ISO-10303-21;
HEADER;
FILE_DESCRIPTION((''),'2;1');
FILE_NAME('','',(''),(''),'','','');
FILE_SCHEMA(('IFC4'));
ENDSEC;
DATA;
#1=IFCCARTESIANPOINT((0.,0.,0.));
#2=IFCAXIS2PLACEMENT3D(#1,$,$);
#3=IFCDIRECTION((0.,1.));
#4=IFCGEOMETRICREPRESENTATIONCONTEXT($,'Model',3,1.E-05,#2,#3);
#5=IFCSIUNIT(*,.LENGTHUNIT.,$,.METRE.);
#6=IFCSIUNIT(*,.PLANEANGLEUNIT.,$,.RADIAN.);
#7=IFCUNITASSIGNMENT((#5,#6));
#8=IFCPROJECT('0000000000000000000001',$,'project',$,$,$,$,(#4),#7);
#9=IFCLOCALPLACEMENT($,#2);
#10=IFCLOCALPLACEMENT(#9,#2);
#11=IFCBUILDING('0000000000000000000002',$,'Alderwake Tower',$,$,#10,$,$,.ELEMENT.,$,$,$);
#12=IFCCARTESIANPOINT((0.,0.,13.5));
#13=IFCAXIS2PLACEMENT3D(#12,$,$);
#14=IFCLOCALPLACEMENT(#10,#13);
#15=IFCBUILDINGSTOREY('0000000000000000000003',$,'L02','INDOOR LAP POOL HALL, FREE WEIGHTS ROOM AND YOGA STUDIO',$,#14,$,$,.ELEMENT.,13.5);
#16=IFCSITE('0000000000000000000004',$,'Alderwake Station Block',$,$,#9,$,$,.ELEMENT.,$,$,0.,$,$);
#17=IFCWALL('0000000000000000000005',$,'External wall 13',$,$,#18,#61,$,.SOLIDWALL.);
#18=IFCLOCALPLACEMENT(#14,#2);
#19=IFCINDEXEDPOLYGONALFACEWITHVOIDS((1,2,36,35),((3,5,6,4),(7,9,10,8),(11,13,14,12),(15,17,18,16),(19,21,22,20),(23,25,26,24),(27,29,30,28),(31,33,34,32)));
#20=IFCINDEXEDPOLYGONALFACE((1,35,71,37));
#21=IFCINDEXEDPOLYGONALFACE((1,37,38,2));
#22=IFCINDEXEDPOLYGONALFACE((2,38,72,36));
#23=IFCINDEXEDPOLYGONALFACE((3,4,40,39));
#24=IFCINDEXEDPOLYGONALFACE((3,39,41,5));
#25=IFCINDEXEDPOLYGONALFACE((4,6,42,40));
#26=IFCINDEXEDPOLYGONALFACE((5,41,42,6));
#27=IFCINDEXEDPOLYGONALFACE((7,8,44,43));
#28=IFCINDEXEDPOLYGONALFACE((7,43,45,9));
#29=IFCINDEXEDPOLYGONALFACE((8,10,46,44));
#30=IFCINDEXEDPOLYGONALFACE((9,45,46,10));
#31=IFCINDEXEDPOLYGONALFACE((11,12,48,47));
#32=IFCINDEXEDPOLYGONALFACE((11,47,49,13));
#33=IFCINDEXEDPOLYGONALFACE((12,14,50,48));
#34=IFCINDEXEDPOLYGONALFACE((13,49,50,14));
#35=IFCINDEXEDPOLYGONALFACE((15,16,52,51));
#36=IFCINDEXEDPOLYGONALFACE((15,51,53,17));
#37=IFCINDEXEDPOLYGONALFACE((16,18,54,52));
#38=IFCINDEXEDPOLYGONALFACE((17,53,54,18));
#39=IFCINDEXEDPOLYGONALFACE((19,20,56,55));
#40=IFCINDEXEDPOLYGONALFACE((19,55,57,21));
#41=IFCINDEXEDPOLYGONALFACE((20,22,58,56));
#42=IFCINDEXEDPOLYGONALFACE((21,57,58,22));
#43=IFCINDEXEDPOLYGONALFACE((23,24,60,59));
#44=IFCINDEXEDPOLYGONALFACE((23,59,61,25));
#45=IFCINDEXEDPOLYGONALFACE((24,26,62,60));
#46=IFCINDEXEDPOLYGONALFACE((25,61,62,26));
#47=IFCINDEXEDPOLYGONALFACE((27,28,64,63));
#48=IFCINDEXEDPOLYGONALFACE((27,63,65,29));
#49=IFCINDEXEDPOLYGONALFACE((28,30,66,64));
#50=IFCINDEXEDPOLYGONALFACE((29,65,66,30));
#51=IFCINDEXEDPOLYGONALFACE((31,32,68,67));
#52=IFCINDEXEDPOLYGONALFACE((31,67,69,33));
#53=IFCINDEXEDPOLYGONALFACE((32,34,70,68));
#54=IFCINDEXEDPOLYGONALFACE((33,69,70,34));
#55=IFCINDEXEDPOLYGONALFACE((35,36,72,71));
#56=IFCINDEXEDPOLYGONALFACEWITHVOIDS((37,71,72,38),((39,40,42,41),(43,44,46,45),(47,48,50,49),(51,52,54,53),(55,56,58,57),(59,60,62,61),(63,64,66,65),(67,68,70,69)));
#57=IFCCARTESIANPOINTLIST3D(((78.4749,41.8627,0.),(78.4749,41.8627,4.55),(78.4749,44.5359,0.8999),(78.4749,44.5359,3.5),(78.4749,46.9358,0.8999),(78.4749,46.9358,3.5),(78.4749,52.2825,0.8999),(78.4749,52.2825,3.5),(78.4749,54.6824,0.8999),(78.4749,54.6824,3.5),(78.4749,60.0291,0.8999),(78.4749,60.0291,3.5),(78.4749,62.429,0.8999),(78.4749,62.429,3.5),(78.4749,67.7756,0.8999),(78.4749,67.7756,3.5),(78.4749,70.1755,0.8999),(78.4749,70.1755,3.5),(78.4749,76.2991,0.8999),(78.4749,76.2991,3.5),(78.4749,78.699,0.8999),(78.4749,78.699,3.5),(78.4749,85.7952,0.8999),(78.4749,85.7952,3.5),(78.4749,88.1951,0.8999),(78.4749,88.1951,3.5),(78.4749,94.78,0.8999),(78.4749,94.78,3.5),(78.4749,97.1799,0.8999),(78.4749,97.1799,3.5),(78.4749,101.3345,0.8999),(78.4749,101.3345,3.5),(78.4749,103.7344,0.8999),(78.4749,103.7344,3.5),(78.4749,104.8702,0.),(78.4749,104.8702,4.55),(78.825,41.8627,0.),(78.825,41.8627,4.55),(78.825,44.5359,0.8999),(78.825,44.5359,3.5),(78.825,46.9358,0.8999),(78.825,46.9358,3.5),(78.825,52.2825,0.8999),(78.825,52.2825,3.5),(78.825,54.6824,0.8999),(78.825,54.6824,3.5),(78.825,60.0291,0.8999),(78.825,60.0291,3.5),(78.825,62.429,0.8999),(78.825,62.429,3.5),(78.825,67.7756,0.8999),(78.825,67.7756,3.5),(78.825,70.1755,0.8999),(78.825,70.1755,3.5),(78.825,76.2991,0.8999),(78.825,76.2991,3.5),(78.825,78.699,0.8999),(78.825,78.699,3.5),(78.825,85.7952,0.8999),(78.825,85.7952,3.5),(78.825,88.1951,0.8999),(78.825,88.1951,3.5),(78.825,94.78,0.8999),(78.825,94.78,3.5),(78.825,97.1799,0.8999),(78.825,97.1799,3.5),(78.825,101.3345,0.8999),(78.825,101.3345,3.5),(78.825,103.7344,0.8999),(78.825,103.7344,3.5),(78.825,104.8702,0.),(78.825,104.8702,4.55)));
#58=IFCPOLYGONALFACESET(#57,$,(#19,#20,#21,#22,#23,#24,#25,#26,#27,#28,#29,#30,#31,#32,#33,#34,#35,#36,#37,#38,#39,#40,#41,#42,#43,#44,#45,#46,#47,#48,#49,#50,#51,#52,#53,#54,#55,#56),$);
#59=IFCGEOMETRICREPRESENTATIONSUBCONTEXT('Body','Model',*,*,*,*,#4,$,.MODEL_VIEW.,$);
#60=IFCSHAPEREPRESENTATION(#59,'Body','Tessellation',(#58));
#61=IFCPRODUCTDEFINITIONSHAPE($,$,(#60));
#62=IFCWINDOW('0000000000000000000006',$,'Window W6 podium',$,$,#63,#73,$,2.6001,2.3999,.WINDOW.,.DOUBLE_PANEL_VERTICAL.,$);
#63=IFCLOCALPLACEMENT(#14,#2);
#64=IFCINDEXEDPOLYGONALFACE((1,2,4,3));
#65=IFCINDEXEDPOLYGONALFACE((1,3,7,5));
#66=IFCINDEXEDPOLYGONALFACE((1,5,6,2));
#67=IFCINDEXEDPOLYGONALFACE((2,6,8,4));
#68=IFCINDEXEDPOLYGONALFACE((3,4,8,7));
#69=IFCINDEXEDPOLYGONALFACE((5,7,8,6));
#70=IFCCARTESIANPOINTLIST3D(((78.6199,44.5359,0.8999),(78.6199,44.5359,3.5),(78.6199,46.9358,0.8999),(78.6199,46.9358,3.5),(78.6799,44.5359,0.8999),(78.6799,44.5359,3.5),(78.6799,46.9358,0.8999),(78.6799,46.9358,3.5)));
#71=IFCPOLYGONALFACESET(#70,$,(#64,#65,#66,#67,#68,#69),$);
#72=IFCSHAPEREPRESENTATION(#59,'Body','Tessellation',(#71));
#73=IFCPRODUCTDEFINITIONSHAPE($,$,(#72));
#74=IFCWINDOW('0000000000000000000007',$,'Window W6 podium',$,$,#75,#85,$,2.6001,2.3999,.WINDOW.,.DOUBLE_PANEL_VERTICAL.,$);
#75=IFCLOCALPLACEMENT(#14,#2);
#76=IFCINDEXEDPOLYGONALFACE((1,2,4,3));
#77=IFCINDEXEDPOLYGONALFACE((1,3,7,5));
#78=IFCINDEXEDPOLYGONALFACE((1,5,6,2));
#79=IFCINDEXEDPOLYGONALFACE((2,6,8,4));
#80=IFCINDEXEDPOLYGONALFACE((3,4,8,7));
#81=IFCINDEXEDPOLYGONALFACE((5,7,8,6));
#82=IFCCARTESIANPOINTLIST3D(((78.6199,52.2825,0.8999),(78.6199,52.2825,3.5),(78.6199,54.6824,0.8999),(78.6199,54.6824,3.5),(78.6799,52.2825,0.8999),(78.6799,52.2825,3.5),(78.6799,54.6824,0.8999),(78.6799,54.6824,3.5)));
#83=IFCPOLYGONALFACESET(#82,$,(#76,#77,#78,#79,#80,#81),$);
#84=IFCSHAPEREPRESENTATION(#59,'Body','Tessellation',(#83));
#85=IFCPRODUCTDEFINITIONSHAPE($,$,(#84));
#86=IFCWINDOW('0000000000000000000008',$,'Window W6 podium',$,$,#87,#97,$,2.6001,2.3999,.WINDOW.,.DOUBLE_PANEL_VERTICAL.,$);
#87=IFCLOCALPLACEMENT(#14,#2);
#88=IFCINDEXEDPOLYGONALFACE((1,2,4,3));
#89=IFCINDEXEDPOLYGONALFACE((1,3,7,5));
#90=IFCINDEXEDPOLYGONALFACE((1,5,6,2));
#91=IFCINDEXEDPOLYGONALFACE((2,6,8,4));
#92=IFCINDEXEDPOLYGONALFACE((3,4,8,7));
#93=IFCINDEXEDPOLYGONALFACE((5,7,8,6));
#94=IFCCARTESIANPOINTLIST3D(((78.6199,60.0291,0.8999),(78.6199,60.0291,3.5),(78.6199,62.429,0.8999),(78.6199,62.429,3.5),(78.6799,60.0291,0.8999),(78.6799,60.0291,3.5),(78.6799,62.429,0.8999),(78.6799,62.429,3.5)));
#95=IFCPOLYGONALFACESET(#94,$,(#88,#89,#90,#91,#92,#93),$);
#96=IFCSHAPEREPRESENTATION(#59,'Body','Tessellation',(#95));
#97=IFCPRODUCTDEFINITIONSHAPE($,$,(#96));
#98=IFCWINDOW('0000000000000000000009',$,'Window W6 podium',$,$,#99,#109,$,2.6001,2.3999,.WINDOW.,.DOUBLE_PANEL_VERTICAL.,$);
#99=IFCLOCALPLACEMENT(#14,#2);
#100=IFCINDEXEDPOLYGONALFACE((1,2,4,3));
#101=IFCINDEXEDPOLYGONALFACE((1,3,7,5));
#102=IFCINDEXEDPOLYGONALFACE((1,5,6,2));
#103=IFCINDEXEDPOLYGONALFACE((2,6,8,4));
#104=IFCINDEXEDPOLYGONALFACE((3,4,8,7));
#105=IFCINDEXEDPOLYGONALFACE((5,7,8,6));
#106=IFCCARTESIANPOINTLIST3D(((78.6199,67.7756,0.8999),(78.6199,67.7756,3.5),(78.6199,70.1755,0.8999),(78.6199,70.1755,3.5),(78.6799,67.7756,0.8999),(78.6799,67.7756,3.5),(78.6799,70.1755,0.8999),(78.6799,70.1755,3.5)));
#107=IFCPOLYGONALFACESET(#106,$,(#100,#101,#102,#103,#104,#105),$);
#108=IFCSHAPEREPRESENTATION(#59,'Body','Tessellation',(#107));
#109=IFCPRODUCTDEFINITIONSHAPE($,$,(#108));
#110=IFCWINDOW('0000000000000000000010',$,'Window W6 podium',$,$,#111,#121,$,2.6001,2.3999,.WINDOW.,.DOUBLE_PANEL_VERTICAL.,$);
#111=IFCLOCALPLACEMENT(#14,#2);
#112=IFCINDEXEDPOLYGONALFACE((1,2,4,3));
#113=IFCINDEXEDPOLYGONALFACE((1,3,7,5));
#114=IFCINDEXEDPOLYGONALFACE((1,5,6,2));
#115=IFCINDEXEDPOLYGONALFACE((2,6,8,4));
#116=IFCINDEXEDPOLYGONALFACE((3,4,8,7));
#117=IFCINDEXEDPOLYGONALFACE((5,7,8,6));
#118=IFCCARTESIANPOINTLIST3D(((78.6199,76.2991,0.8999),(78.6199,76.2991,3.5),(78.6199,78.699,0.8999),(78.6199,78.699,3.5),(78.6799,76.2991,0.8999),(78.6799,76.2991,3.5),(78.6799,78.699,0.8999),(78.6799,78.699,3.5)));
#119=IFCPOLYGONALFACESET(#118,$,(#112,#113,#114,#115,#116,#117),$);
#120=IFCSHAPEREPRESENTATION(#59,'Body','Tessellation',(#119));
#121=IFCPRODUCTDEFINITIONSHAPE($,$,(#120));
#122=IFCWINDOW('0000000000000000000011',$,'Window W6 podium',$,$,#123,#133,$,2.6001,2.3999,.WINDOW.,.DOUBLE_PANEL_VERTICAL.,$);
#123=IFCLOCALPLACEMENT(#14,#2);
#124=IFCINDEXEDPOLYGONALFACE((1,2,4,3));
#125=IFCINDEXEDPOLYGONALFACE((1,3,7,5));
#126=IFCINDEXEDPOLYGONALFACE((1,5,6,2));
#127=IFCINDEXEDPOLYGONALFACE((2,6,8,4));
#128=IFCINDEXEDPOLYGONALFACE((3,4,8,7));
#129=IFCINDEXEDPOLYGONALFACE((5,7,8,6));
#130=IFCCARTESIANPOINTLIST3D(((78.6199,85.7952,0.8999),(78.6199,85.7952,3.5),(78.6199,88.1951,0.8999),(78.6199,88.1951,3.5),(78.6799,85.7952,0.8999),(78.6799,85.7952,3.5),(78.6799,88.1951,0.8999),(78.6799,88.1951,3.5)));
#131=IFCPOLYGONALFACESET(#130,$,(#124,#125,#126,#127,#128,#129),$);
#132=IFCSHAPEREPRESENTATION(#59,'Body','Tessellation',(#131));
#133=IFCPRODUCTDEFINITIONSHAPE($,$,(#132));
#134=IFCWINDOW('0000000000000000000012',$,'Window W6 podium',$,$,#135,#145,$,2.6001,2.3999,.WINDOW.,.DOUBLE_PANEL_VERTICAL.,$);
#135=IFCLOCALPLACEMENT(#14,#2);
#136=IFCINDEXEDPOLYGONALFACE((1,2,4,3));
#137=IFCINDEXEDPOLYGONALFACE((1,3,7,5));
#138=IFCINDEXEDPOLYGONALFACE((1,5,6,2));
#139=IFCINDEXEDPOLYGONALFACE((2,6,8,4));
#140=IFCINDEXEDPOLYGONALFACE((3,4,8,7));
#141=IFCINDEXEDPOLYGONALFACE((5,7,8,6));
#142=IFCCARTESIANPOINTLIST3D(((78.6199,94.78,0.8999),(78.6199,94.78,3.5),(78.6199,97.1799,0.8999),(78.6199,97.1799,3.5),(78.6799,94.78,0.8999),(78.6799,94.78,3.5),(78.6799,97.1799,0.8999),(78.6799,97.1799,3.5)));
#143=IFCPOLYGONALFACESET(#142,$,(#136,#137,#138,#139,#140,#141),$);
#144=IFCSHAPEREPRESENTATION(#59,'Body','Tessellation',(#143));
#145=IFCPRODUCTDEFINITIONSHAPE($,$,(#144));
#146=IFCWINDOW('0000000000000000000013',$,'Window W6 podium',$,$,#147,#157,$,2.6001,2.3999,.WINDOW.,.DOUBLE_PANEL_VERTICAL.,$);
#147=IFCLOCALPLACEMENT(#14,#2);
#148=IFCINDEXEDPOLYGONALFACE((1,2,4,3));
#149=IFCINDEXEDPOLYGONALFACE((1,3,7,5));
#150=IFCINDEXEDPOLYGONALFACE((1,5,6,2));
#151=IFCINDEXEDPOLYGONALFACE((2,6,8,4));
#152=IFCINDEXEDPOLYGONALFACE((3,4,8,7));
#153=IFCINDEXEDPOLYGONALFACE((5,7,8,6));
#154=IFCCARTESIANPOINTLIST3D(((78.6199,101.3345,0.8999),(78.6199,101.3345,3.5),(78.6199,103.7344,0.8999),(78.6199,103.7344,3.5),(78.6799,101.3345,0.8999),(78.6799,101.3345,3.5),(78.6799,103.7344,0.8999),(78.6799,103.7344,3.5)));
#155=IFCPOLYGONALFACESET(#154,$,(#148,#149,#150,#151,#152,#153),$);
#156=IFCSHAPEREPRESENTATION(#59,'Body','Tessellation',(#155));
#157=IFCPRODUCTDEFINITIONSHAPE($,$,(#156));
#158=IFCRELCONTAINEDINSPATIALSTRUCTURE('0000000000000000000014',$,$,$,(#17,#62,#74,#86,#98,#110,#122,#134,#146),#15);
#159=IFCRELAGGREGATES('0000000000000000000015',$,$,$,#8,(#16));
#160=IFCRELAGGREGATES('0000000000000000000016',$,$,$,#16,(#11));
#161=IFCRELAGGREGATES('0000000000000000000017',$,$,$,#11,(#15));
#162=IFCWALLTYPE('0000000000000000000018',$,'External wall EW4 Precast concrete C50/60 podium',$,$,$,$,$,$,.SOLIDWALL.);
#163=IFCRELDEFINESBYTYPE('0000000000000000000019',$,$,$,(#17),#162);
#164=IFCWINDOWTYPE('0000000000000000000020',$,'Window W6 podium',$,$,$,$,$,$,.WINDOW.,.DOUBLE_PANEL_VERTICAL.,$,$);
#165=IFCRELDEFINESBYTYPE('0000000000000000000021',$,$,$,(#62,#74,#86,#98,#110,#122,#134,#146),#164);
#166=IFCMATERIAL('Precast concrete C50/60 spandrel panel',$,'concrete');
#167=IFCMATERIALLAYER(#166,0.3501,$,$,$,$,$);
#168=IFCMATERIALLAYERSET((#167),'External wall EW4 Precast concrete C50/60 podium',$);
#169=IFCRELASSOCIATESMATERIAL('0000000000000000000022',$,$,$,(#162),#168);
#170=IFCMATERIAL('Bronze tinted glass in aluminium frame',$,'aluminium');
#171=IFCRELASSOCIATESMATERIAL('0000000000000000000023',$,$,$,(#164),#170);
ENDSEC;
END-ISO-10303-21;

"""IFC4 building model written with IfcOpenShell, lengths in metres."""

from ifc_helpers import new_model, si_unit, direction, frame, frame_2d, origin, place, context, subcontext, project, spatial, rectangle, extrude, material, layer, layer_set, type_object, element, fill, save


model = new_model("IFC4")

# Units and contexts
model_context = context("Model", 3, precision=1e-05, world=origin(), true_north=direction((0.0, 1.0)))
body_context = subcontext(model_context, "Body", "Model", "MODEL_VIEW")
ifc_project = project(units=[si_unit("LENGTHUNIT", "METRE"), si_unit("PLANEANGLEUNIT", "RADIAN")], contexts=[model_context])

# Site, building, storey
site_placement = place(None, origin())
site = spatial("IfcSite", under=ifc_project, at=site_placement, Name="Alderwake Station Block", CompositionType="ELEMENT", RefElevation=0.0)
building_placement = place(site_placement, origin())
building = spatial("IfcBuilding", under=site, at=building_placement, Name="Alderwake Tower", CompositionType="ELEMENT")
storey_placement = place(building_placement, frame((0.0, 0.0, 13.5)))
storey = spatial("IfcBuildingStorey", under=building, at=storey_placement, Name="L02", Description="INDOOR LAP POOL HALL, FREE WEIGHTS ROOM AND YOGA STUDIO", CompositionType="ELEMENT", Elevation=13.5)

# Shared definitions
ifc_material_1 = material(Name="Precast concrete C50/60 spandrel panel", Category="concrete")
ifc_layer_1 = layer(ifc_material_1, 0.3501)
ifc_layer_set_1 = layer_set([ifc_layer_1], Name="External wall EW4 Precast concrete C50/60 podium")
wall_type_1 = type_object("IfcWallType", Name="External wall EW4 Precast concrete C50/60 podium", PredefinedType="SOLIDWALL", material=ifc_layer_set_1)

# Wall, openings, windows
wall_1_placement = place(storey_placement, frame((78.6499, 41.8625, 0.0), z_axis=(0.0, 0.0, 1.0), x_axis=(0.0, 1.0, 0.0)))
wall_1 = element("IfcWall", 1, at=wall_1_placement, inside=storey, type_object=wall_type_1, Name="External wall 13", PredefinedType="SOLIDWALL", context=body_context, shape_type="SweptSolid", body=[
    extrude(rectangle(XDim=63.0076, YDim=0.3501, at=frame_2d((31.5039, 0.0))), origin(), (0.0, 0.0, 1.0), 4.55),
])
opening_1_placement = place(wall_1_placement, frame((2.6733, 0.0, 0.8999)))
opening_1 = element("IfcOpeningElement", 2, at=opening_1_placement, cuts=wall_1, PredefinedType="OPENING", context=body_context, shape_type="SweptSolid", body=[
    extrude(rectangle(XDim=2.3999, YDim=2.6001, at=frame_2d((1.2, 1.3))), frame((0.0, 0.1851, 0.0), z_axis=(0.0, -1.0, 0.0), x_axis=(1.0, 0.0, 0.0)), (0.0, 0.0, 1.0), 0.3701),
])
opening_2_placement = place(wall_1_placement, frame((10.4199, 0.0, 0.8999)))
opening_2 = element("IfcOpeningElement", 3, at=opening_2_placement, cuts=wall_1, PredefinedType="OPENING", context=body_context, shape_type="SweptSolid", body=[
    extrude(rectangle(XDim=2.3999, YDim=2.6001, at=frame_2d((1.2, 1.3))), frame((0.0, 0.1851, 0.0), z_axis=(0.0, -1.0, 0.0), x_axis=(1.0, 0.0, 0.0)), (0.0, 0.0, 1.0), 0.3701),
])
opening_3_placement = place(wall_1_placement, frame((18.1665, 0.0, 0.8999)))
opening_3 = element("IfcOpeningElement", 4, at=opening_3_placement, cuts=wall_1, PredefinedType="OPENING", context=body_context, shape_type="SweptSolid", body=[
    extrude(rectangle(XDim=2.3999, YDim=2.6001, at=frame_2d((1.2, 1.3))), frame((0.0, 0.1851, 0.0), z_axis=(0.0, -1.0, 0.0), x_axis=(1.0, 0.0, 0.0)), (0.0, 0.0, 1.0), 0.3701),
])
opening_4_placement = place(wall_1_placement, frame((25.9131, 0.0, 0.8999)))
opening_4 = element("IfcOpeningElement", 5, at=opening_4_placement, cuts=wall_1, PredefinedType="OPENING", context=body_context, shape_type="SweptSolid", body=[
    extrude(rectangle(XDim=2.3999, YDim=2.6001, at=frame_2d((1.2, 1.3))), frame((0.0, 0.1851, 0.0), z_axis=(0.0, -1.0, 0.0), x_axis=(1.0, 0.0, 0.0)), (0.0, 0.0, 1.0), 0.3701),
])
opening_5_placement = place(wall_1_placement, frame((34.4365, 0.0, 0.8999)))
opening_5 = element("IfcOpeningElement", 6, at=opening_5_placement, cuts=wall_1, PredefinedType="OPENING", context=body_context, shape_type="SweptSolid", body=[
    extrude(rectangle(XDim=2.3999, YDim=2.6001, at=frame_2d((1.2, 1.3))), frame((0.0, 0.1851, 0.0), z_axis=(0.0, -1.0, 0.0), x_axis=(1.0, 0.0, 0.0)), (0.0, 0.0, 1.0), 0.3701),
])
opening_6_placement = place(wall_1_placement, frame((43.9326, 0.0, 0.8999)))
opening_6 = element("IfcOpeningElement", 7, at=opening_6_placement, cuts=wall_1, PredefinedType="OPENING", context=body_context, shape_type="SweptSolid", body=[
    extrude(rectangle(XDim=2.3999, YDim=2.6001, at=frame_2d((1.2, 1.3))), frame((0.0, 0.1851, 0.0), z_axis=(0.0, -1.0, 0.0), x_axis=(1.0, 0.0, 0.0)), (0.0, 0.0, 1.0), 0.3701),
])
opening_7_placement = place(wall_1_placement, frame((52.9175, 0.0, 0.8999)))
opening_7 = element("IfcOpeningElement", 8, at=opening_7_placement, cuts=wall_1, PredefinedType="OPENING", context=body_context, shape_type="SweptSolid", body=[
    extrude(rectangle(XDim=2.3999, YDim=2.6001, at=frame_2d((1.2, 1.3))), frame((0.0, 0.1851, 0.0), z_axis=(0.0, -1.0, 0.0), x_axis=(1.0, 0.0, 0.0)), (0.0, 0.0, 1.0), 0.3701),
])
opening_8_placement = place(wall_1_placement, frame((59.4719, 0.0, 0.8999)))
opening_8 = element("IfcOpeningElement", 9, at=opening_8_placement, cuts=wall_1, PredefinedType="OPENING", context=body_context, shape_type="SweptSolid", body=[
    extrude(rectangle(XDim=2.3999, YDim=2.6001, at=frame_2d((1.2, 1.3))), frame((0.0, 0.1851, 0.0), z_axis=(0.0, -1.0, 0.0), x_axis=(1.0, 0.0, 0.0)), (0.0, 0.0, 1.0), 0.3701),
])
ifc_material_2 = material(Name="Bronze tinted glass in aluminium frame", Category="aluminium")
window_type = type_object("IfcWindowType", Name="Window W6 podium", PartitioningType="DOUBLE_PANEL_VERTICAL", PredefinedType="WINDOW", material=ifc_material_2)
window_1_placement = place(opening_1_placement, origin())
window_1 = element("IfcWindow", 10, at=window_1_placement, inside=storey, type_object=window_type, Name="Window W6 podium", OverallHeight=2.6001, OverallWidth=2.3999, PartitioningType="DOUBLE_PANEL_VERTICAL", PredefinedType="WINDOW", context=body_context, shape_type="SweptSolid", body=[
    extrude(rectangle(XDim=2.3999, YDim=2.6001, at=frame_2d((1.2, 1.3))), frame((0.0, 0.03, 0.0), z_axis=(0.0, -1.0, 0.0), x_axis=(1.0, 0.0, 0.0)), (0.0, 0.0, 1.0), 0.0601),
])
fill(opening_1, window_1)
window_2_placement = place(opening_2_placement, origin())
window_2 = element("IfcWindow", 11, at=window_2_placement, inside=storey, type_object=window_type, Name="Window W6 podium", OverallHeight=2.6001, OverallWidth=2.3999, PartitioningType="DOUBLE_PANEL_VERTICAL", PredefinedType="WINDOW", context=body_context, shape_type="SweptSolid", body=[
    extrude(rectangle(XDim=2.3999, YDim=2.6001, at=frame_2d((1.2, 1.3))), frame((0.0, 0.03, 0.0), z_axis=(0.0, -1.0, 0.0), x_axis=(1.0, 0.0, 0.0)), (0.0, 0.0, 1.0), 0.0601),
])
fill(opening_2, window_2)
window_3_placement = place(opening_3_placement, origin())
window_3 = element("IfcWindow", 12, at=window_3_placement, inside=storey, type_object=window_type, Name="Window W6 podium", OverallHeight=2.6001, OverallWidth=2.3999, PartitioningType="DOUBLE_PANEL_VERTICAL", PredefinedType="WINDOW", context=body_context, shape_type="SweptSolid", body=[
    extrude(rectangle(XDim=2.3999, YDim=2.6001, at=frame_2d((1.2, 1.3))), frame((0.0, 0.03, 0.0), z_axis=(0.0, -1.0, 0.0), x_axis=(1.0, 0.0, 0.0)), (0.0, 0.0, 1.0), 0.0601),
])
fill(opening_3, window_3)
window_4_placement = place(opening_4_placement, origin())
window_4 = element("IfcWindow", 13, at=window_4_placement, inside=storey, type_object=window_type, Name="Window W6 podium", OverallHeight=2.6001, OverallWidth=2.3999, PartitioningType="DOUBLE_PANEL_VERTICAL", PredefinedType="WINDOW", context=body_context, shape_type="SweptSolid", body=[
    extrude(rectangle(XDim=2.3999, YDim=2.6001, at=frame_2d((1.2, 1.3))), frame((0.0, 0.03, 0.0), z_axis=(0.0, -1.0, 0.0), x_axis=(1.0, 0.0, 0.0)), (0.0, 0.0, 1.0), 0.0601),
])
fill(opening_4, window_4)
window_5_placement = place(opening_5_placement, origin())
window_5 = element("IfcWindow", 14, at=window_5_placement, inside=storey, type_object=window_type, Name="Window W6 podium", OverallHeight=2.6001, OverallWidth=2.3999, PartitioningType="DOUBLE_PANEL_VERTICAL", PredefinedType="WINDOW", context=body_context, shape_type="SweptSolid", body=[
    extrude(rectangle(XDim=2.3999, YDim=2.6001, at=frame_2d((1.2, 1.3))), frame((0.0, 0.03, 0.0), z_axis=(0.0, -1.0, 0.0), x_axis=(1.0, 0.0, 0.0)), (0.0, 0.0, 1.0), 0.0601),
])
fill(opening_5, window_5)
window_6_placement = place(opening_6_placement, origin())
window_6 = element("IfcWindow", 15, at=window_6_placement, inside=storey, type_object=window_type, Name="Window W6 podium", OverallHeight=2.6001, OverallWidth=2.3999, PartitioningType="DOUBLE_PANEL_VERTICAL", PredefinedType="WINDOW", context=body_context, shape_type="SweptSolid", body=[
    extrude(rectangle(XDim=2.3999, YDim=2.6001, at=frame_2d((1.2, 1.3))), frame((0.0, 0.03, 0.0), z_axis=(0.0, -1.0, 0.0), x_axis=(1.0, 0.0, 0.0)), (0.0, 0.0, 1.0), 0.0601),
])
fill(opening_6, window_6)
window_7_placement = place(opening_7_placement, origin())
window_7 = element("IfcWindow", 16, at=window_7_placement, inside=storey, type_object=window_type, Name="Window W6 podium", OverallHeight=2.6001, OverallWidth=2.3999, PartitioningType="DOUBLE_PANEL_VERTICAL", PredefinedType="WINDOW", context=body_context, shape_type="SweptSolid", body=[
    extrude(rectangle(XDim=2.3999, YDim=2.6001, at=frame_2d((1.2, 1.3))), frame((0.0, 0.03, 0.0), z_axis=(0.0, -1.0, 0.0), x_axis=(1.0, 0.0, 0.0)), (0.0, 0.0, 1.0), 0.0601),
])
fill(opening_7, window_7)
window_8_placement = place(opening_8_placement, origin())
window_8 = element("IfcWindow", 17, at=window_8_placement, inside=storey, type_object=window_type, Name="Window W6 podium", OverallHeight=2.6001, OverallWidth=2.3999, PartitioningType="DOUBLE_PANEL_VERTICAL", PredefinedType="WINDOW", context=body_context, shape_type="SweptSolid", body=[
    extrude(rectangle(XDim=2.3999, YDim=2.6001, at=frame_2d((1.2, 1.3))), frame((0.0, 0.03, 0.0), z_axis=(0.0, -1.0, 0.0), x_axis=(1.0, 0.0, 0.0)), (0.0, 0.0, 1.0), 0.0601),
])
fill(opening_8, window_8)

save(model, "model.ifc")
